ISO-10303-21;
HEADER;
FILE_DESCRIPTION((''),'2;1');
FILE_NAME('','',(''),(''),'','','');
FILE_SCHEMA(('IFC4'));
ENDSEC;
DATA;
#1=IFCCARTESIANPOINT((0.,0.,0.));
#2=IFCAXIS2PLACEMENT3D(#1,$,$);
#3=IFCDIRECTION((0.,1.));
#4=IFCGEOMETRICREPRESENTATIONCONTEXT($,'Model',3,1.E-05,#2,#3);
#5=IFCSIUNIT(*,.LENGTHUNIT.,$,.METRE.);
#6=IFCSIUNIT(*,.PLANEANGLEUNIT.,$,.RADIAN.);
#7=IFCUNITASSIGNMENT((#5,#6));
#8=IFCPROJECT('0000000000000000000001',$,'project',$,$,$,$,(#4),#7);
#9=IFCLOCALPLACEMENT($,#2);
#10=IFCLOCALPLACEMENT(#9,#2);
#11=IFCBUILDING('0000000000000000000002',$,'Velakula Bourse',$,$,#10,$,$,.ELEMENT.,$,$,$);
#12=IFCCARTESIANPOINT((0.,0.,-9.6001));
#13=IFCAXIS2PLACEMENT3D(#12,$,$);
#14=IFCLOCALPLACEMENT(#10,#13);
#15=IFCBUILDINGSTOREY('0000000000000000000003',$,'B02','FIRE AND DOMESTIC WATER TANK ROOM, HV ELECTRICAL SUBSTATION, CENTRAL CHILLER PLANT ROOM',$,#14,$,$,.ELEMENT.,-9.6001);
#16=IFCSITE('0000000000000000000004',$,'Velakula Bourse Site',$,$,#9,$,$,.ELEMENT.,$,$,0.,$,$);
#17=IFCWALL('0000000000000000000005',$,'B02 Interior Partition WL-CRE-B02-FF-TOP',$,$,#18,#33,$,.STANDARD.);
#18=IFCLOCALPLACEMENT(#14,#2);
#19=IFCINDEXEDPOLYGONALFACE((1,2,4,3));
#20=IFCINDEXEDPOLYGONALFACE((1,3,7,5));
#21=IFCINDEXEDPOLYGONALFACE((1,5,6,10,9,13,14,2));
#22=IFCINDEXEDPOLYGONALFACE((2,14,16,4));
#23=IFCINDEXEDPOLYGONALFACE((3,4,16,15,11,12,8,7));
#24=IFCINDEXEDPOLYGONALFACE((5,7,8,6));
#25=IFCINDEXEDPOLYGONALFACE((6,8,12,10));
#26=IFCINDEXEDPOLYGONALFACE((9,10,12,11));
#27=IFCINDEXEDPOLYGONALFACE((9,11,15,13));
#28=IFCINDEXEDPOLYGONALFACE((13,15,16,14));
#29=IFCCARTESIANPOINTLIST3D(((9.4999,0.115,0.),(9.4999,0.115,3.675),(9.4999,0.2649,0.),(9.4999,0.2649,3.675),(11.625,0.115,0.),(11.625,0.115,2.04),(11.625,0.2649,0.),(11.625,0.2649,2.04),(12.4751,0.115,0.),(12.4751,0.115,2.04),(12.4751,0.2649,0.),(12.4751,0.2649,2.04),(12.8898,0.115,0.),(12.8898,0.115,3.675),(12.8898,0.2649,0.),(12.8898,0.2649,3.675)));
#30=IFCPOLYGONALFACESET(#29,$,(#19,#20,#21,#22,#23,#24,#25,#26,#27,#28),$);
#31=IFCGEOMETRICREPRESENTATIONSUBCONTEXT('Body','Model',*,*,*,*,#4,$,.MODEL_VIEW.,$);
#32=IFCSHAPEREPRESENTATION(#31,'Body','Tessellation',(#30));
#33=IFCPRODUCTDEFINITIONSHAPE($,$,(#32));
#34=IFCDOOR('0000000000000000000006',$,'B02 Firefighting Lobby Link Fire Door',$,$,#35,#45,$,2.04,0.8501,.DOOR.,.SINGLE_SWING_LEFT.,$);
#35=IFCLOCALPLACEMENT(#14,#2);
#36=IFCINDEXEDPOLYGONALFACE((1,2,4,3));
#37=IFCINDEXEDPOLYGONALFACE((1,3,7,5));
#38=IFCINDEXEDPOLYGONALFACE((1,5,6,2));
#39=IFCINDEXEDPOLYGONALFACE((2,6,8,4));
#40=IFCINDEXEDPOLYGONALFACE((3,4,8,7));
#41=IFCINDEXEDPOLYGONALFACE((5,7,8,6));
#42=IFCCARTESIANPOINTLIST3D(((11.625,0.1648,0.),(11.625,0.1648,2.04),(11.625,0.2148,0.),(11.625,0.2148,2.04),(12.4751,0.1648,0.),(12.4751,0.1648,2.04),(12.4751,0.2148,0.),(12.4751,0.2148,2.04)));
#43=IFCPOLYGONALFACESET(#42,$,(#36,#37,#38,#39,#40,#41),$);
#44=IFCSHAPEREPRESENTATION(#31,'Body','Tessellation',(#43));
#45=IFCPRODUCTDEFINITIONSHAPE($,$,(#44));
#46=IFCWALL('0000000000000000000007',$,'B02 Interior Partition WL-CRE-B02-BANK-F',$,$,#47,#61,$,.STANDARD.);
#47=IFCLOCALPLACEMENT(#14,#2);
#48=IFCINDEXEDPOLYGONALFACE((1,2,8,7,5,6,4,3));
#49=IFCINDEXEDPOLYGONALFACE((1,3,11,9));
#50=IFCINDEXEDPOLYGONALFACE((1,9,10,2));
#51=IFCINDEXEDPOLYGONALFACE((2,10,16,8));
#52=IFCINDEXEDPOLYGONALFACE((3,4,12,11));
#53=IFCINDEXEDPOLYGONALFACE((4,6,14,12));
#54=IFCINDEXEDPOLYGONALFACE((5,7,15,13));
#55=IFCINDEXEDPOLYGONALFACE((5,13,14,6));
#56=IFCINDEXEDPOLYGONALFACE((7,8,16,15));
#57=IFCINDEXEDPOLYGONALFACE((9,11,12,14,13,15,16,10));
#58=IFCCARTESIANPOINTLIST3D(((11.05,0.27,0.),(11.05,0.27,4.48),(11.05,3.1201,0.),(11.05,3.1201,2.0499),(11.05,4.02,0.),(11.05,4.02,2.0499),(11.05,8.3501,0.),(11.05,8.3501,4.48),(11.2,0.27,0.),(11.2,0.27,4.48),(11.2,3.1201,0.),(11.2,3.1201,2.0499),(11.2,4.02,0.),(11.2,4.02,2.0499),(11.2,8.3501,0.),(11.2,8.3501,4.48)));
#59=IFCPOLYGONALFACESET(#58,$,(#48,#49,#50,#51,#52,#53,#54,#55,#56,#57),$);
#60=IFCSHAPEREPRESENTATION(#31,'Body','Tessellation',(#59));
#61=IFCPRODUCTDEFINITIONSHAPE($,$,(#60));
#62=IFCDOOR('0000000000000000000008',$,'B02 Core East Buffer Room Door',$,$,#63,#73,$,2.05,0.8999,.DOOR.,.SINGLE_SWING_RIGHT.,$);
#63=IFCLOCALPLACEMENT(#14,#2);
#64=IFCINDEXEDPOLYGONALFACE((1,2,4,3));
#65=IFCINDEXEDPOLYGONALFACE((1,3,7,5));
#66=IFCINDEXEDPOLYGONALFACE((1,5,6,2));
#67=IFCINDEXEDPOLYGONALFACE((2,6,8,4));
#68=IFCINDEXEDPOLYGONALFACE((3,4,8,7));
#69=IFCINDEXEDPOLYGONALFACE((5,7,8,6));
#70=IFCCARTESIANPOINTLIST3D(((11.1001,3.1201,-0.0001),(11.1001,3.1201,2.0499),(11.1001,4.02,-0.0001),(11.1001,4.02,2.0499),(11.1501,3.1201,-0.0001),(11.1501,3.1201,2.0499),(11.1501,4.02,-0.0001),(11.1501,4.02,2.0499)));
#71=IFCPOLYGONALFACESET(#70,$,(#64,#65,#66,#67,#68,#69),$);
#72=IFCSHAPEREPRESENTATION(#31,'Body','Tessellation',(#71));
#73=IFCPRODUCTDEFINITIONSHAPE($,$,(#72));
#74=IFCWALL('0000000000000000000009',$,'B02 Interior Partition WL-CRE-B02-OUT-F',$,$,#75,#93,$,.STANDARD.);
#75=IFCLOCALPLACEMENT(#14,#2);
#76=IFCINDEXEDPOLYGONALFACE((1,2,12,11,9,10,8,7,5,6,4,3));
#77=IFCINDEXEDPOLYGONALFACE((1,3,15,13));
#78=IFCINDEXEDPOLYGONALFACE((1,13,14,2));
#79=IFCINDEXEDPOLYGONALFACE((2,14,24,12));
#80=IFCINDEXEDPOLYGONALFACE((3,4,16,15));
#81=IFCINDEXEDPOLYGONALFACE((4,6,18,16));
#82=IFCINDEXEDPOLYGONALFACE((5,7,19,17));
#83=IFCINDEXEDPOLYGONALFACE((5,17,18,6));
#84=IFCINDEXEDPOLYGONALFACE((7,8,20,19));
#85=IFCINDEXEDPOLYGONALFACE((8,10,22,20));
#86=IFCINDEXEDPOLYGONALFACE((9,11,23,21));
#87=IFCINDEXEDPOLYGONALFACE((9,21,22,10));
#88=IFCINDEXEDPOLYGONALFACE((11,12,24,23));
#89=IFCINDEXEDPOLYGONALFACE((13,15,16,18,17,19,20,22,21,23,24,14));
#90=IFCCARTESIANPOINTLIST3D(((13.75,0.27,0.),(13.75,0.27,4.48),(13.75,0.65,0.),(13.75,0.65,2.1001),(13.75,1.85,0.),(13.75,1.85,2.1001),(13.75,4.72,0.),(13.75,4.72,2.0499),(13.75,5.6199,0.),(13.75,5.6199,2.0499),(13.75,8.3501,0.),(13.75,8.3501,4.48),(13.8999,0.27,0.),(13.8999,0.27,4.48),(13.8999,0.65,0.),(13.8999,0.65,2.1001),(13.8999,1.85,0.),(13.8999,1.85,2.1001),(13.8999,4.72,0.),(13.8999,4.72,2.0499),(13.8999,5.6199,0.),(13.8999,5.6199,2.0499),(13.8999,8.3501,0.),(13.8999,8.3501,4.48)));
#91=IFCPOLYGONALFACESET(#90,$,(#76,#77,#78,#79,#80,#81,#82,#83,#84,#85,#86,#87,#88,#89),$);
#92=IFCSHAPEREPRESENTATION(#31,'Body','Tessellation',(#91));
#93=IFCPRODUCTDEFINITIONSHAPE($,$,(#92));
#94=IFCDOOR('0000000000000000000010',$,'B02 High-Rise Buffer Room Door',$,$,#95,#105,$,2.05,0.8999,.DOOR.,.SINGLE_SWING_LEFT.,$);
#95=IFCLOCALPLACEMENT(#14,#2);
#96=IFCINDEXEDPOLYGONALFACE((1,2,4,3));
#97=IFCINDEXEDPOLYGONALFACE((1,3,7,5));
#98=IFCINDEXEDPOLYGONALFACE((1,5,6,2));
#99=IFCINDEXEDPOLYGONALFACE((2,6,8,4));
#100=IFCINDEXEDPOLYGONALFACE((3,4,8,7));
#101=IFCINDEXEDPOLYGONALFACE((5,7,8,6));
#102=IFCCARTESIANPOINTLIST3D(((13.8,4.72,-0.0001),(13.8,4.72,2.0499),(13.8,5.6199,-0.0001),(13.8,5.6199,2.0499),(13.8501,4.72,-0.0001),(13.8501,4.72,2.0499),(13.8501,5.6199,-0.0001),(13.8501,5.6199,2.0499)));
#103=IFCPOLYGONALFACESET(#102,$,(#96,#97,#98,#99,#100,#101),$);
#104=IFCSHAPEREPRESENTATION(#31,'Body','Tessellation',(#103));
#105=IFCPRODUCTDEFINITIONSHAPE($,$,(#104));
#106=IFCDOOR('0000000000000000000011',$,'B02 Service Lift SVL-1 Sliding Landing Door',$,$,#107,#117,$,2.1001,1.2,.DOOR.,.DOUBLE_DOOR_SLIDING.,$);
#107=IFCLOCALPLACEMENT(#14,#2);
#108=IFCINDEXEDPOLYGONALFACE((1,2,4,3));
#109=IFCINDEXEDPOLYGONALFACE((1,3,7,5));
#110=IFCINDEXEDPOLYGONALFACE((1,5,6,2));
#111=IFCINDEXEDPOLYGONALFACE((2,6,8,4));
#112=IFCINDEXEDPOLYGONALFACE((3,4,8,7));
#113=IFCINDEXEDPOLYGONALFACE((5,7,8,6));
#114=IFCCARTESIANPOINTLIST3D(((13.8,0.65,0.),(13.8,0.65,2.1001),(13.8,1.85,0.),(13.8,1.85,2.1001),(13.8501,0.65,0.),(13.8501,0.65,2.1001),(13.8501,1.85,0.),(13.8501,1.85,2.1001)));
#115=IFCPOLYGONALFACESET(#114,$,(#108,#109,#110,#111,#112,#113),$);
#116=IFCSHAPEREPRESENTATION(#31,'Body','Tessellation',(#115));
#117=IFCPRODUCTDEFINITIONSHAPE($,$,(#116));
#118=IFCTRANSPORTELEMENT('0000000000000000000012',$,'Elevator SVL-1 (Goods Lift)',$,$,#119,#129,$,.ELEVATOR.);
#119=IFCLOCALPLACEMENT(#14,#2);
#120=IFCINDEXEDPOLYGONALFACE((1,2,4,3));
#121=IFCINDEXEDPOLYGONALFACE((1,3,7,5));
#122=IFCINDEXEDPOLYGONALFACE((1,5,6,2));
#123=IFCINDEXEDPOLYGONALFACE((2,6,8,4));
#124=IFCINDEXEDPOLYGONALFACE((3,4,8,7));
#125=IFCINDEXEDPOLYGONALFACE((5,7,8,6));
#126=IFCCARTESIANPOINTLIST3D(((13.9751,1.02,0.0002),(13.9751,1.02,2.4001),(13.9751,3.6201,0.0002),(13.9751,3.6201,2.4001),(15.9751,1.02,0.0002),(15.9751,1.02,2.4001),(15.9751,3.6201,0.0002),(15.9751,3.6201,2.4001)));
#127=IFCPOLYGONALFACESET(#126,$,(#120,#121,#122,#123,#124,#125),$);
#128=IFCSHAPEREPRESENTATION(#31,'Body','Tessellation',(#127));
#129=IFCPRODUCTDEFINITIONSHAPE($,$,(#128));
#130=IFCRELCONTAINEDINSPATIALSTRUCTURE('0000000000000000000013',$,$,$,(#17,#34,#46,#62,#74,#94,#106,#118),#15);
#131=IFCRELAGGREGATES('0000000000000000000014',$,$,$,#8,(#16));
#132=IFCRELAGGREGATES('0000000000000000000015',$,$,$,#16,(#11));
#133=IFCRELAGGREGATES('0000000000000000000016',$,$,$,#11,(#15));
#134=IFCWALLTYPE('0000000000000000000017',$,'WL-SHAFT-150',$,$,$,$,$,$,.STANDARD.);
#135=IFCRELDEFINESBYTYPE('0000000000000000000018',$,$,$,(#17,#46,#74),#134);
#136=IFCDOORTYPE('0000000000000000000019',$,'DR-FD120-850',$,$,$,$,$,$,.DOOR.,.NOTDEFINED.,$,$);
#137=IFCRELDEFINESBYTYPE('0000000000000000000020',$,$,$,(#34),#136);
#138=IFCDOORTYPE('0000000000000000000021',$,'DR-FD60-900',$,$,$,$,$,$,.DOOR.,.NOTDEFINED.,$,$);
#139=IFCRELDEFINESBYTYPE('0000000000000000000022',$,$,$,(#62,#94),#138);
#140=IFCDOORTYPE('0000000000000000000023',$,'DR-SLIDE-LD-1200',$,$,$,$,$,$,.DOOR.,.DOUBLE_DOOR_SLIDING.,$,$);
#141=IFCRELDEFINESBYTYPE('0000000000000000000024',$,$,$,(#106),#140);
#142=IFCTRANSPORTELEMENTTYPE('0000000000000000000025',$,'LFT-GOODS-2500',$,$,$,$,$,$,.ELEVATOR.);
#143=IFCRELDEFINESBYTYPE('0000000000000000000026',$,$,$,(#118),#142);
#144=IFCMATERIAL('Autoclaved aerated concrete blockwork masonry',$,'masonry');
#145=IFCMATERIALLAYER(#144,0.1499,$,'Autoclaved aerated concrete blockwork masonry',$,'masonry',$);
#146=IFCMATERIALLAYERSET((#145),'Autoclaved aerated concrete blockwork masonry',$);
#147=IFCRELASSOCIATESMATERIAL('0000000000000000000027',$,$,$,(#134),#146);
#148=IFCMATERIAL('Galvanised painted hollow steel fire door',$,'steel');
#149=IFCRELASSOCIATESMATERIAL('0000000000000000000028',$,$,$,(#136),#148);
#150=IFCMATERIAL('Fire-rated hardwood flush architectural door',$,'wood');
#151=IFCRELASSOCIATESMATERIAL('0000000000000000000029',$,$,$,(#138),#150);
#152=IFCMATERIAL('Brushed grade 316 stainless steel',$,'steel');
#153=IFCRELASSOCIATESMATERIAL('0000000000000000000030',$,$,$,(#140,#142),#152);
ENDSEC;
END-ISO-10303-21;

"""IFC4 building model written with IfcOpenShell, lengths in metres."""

from ifc_helpers import new_model, si_unit, direction, frame, frame_2d, origin, origin_2d, place, context, subcontext, project, spatial, rectangle, extrude, material, layer, layer_set, type_object, element, fill, save


model = new_model("IFC4")

# Units and contexts
model_context = context("Model", 3, precision=1e-05, world=origin(), true_north=direction((0.0, 1.0)))
body_context = subcontext(model_context, "Body", "Model", "MODEL_VIEW")
ifc_project = project(units=[si_unit("LENGTHUNIT", "METRE"), si_unit("PLANEANGLEUNIT", "RADIAN")], contexts=[model_context])

# Site, building, storey
site_placement = place(None, origin())
site = spatial("IfcSite", under=ifc_project, at=site_placement, Name="Velakula Bourse Site", CompositionType="ELEMENT", RefElevation=0.0)
building_placement = place(site_placement, origin())
building = spatial("IfcBuilding", under=site, at=building_placement, Name="Velakula Bourse", CompositionType="ELEMENT")
storey_placement = place(building_placement, frame((0.0, 0.0, -9.6001)))
storey = spatial("IfcBuildingStorey", under=building, at=storey_placement, Name="B02", Description="FIRE AND DOMESTIC WATER TANK ROOM, HV ELECTRICAL SUBSTATION, CENTRAL CHILLER PLANT ROOM", CompositionType="ELEMENT", Elevation=-9.6001)

# Walls, openings, doors
ifc_material_1 = material(Name="Autoclaved aerated concrete blockwork masonry", Category="masonry")
ifc_layer_1 = layer(ifc_material_1, 0.1499, Name="Autoclaved aerated concrete blockwork masonry", Category="masonry")
ifc_layer_set_1 = layer_set([ifc_layer_1], Name="Autoclaved aerated concrete blockwork masonry")
wall_type_1 = type_object("IfcWallType", Name="WL-SHAFT-150", PredefinedType="STANDARD", material=ifc_layer_set_1)
wall_1_placement = place(storey_placement, frame((9.5, 0.1899, 0.0), z_axis=(0.0, 0.0, 1.0), x_axis=(1.0, 0.0, 0.0)))
wall_1 = element("IfcWall", 1, at=wall_1_placement, inside=storey, type_object=wall_type_1, Name="B02 Interior Partition WL-CRE-B02-FF-TOP", PredefinedType="STANDARD", context=body_context, shape_type="SweptSolid", body=[
    extrude(rectangle(XDim=3.3899, YDim=0.1499, at=frame_2d((1.6948, 0.0))), origin(), (0.0, 0.0, 1.0), 3.675),
])
opening_1_placement = place(wall_1_placement, frame((2.125, 0.0, 0.0)))
opening_1 = element("IfcOpeningElement", 2, at=opening_1_placement, cuts=wall_1, PredefinedType="OPENING", context=body_context, shape_type="SweptSolid", body=[
    extrude(rectangle(XDim=0.8501, YDim=2.04, at=frame_2d((0.425, 1.02))), frame((0.0, 0.085, 0.0), z_axis=(0.0, -1.0, 0.0), x_axis=(1.0, 0.0, 0.0)), (0.0, 0.0, 1.0), 0.1699),
])
ifc_material_2 = material(Name="Galvanised painted hollow steel fire door", Category="steel")
door_type_1 = type_object("IfcDoorType", Name="DR-FD120-850", OperationType="NOTDEFINED", PredefinedType="DOOR", material=ifc_material_2)
door_1_placement = place(opening_1_placement, origin())
door_1 = element("IfcDoor", 3, at=door_1_placement, inside=storey, type_object=door_type_1, Name="B02 Firefighting Lobby Link Fire Door", OperationType="SINGLE_SWING_LEFT", OverallHeight=2.04, OverallWidth=0.8501, PredefinedType="DOOR", context=body_context, shape_type="SweptSolid", body=[
    extrude(rectangle(XDim=0.8501, YDim=2.04, at=frame_2d((0.425, 1.02))), frame((0.0, 0.0249, 0.0), z_axis=(0.0, -1.0, 0.0), x_axis=(1.0, 0.0, 0.0)), (0.0, 0.0, 1.0), 0.05),
])
fill(opening_1, door_1)
wall_2_placement = place(storey_placement, frame((11.125, 0.27, 0.0), z_axis=(0.0, 0.0, 1.0), x_axis=(0.0, 1.0, 0.0)))
wall_2 = element("IfcWall", 4, at=wall_2_placement, inside=storey, type_object=wall_type_1, Name="B02 Interior Partition WL-CRE-B02-BANK-F", PredefinedType="STANDARD", context=body_context, shape_type="SweptSolid", body=[
    extrude(rectangle(XDim=8.0801, YDim=0.1499, at=frame_2d((4.04, 0.0))), origin(), (0.0, 0.0, 1.0), 4.48),
])
opening_2_placement = place(wall_2_placement, frame((2.8501, 0.0, 0.0)))
opening_2 = element("IfcOpeningElement", 5, at=opening_2_placement, cuts=wall_2, PredefinedType="OPENING", context=body_context, shape_type="SweptSolid", body=[
    extrude(rectangle(XDim=0.8999, YDim=2.05, at=frame_2d((0.45, 1.0249))), frame((0.0, 0.085, 0.0), z_axis=(0.0, -1.0, 0.0), x_axis=(1.0, 0.0, 0.0)), (0.0, 0.0, 1.0), 0.1699),
])
ifc_material_3 = material(Name="Fire-rated hardwood flush architectural door", Category="wood")
door_type_2 = type_object("IfcDoorType", Name="DR-FD60-900", OperationType="NOTDEFINED", PredefinedType="DOOR", material=ifc_material_3)
door_2_placement = place(opening_2_placement, origin())
door_2 = element("IfcDoor", 6, at=door_2_placement, inside=storey, type_object=door_type_2, Name="B02 Core East Buffer Room Door", OperationType="SINGLE_SWING_RIGHT", OverallHeight=2.05, OverallWidth=0.8999, PredefinedType="DOOR", context=body_context, shape_type="SweptSolid", body=[
    extrude(rectangle(XDim=0.8999, YDim=2.05, at=frame_2d((0.45, 1.0249))), frame((0.0, 0.0249, 0.0), z_axis=(0.0, -1.0, 0.0), x_axis=(1.0, 0.0, 0.0)), (0.0, 0.0, 1.0), 0.05),
])
fill(opening_2, door_2)

# Wall, openings, doors
wall_3_placement = place(storey_placement, frame((13.825, 0.27, 0.0), z_axis=(0.0, 0.0, 1.0), x_axis=(0.0, 1.0, 0.0)))
wall_3 = element("IfcWall", 7, at=wall_3_placement, inside=storey, type_object=wall_type_1, Name="B02 Interior Partition WL-CRE-B02-OUT-F", PredefinedType="STANDARD", context=body_context, shape_type="SweptSolid", body=[
    extrude(rectangle(XDim=8.0801, YDim=0.1499, at=frame_2d((4.04, 0.0))), origin(), (0.0, 0.0, 1.0), 4.48),
])
opening_3_placement = place(wall_3_placement, frame((4.45, 0.0, 0.0)))
opening_3 = element("IfcOpeningElement", 8, at=opening_3_placement, cuts=wall_3, PredefinedType="OPENING", context=body_context, shape_type="SweptSolid", body=[
    extrude(rectangle(XDim=0.8999, YDim=2.05, at=frame_2d((0.45, 1.0249))), frame((0.0, 0.085, 0.0), z_axis=(0.0, -1.0, 0.0), x_axis=(1.0, 0.0, 0.0)), (0.0, 0.0, 1.0), 0.1699),
])
opening_4_placement = place(wall_3_placement, frame((0.3799, 0.0, 0.0)))
opening_4 = element("IfcOpeningElement", 9, at=opening_4_placement, cuts=wall_3, PredefinedType="OPENING", context=body_context, shape_type="SweptSolid", body=[
    extrude(rectangle(XDim=1.2, YDim=2.1001, at=frame_2d((0.6001, 1.05))), frame((0.0, 0.085, 0.0), z_axis=(0.0, -1.0, 0.0), x_axis=(1.0, 0.0, 0.0)), (0.0, 0.0, 1.0), 0.1699),
])
door_3_placement = place(opening_3_placement, origin())
door_3 = element("IfcDoor", 10, at=door_3_placement, inside=storey, type_object=door_type_2, Name="B02 High-Rise Buffer Room Door", OperationType="SINGLE_SWING_LEFT", OverallHeight=2.05, OverallWidth=0.8999, PredefinedType="DOOR", context=body_context, shape_type="SweptSolid", body=[
    extrude(rectangle(XDim=0.8999, YDim=2.05, at=frame_2d((0.45, 1.0249))), frame((0.0, 0.0249, 0.0), z_axis=(0.0, -1.0, 0.0), x_axis=(1.0, 0.0, 0.0)), (0.0, 0.0, 1.0), 0.05),
])
fill(opening_3, door_3)
ifc_material_4 = material(Name="Brushed grade 316 stainless steel", Category="steel")
door_type_3 = type_object("IfcDoorType", Name="DR-SLIDE-LD-1200", OperationType="DOUBLE_DOOR_SLIDING", PredefinedType="DOOR", material=ifc_material_4)
door_4_placement = place(opening_4_placement, origin())
door_4 = element("IfcDoor", 11, at=door_4_placement, inside=storey, type_object=door_type_3, Name="B02 Service Lift SVL-1 Sliding Landing Door", OperationType="DOUBLE_DOOR_SLIDING", OverallHeight=2.1001, OverallWidth=1.2, PredefinedType="DOOR", context=body_context, shape_type="SweptSolid", body=[
    extrude(rectangle(XDim=1.2, YDim=2.1001, at=frame_2d((0.6001, 1.05))), frame((0.0, 0.0249, 0.0), z_axis=(0.0, -1.0, 0.0), x_axis=(1.0, 0.0, 0.0)), (0.0, 0.0, 1.0), 0.05),
])
fill(opening_4, door_4)

# Transport element
transport_element_type = type_object("IfcTransportElementType", Name="LFT-GOODS-2500", PredefinedType="ELEVATOR", material=ifc_material_4)
transport_element_placement = place(storey_placement, frame((14.9751, 2.3201, 0.0002), z_axis=(0.0, 0.0, 1.0), x_axis=(1.0, 0.0, 0.0)))
element("IfcTransportElement", 12, at=transport_element_placement, inside=storey, type_object=transport_element_type, Name="Elevator SVL-1 (Goods Lift)", PredefinedType="ELEVATOR", context=body_context, shape_type="SweptSolid", body=[
    extrude(rectangle(XDim=2.0, YDim=2.6001, at=origin_2d()), origin(), (0.0, 0.0, 1.0), 2.3999),
])

save(model, "model.ifc")
